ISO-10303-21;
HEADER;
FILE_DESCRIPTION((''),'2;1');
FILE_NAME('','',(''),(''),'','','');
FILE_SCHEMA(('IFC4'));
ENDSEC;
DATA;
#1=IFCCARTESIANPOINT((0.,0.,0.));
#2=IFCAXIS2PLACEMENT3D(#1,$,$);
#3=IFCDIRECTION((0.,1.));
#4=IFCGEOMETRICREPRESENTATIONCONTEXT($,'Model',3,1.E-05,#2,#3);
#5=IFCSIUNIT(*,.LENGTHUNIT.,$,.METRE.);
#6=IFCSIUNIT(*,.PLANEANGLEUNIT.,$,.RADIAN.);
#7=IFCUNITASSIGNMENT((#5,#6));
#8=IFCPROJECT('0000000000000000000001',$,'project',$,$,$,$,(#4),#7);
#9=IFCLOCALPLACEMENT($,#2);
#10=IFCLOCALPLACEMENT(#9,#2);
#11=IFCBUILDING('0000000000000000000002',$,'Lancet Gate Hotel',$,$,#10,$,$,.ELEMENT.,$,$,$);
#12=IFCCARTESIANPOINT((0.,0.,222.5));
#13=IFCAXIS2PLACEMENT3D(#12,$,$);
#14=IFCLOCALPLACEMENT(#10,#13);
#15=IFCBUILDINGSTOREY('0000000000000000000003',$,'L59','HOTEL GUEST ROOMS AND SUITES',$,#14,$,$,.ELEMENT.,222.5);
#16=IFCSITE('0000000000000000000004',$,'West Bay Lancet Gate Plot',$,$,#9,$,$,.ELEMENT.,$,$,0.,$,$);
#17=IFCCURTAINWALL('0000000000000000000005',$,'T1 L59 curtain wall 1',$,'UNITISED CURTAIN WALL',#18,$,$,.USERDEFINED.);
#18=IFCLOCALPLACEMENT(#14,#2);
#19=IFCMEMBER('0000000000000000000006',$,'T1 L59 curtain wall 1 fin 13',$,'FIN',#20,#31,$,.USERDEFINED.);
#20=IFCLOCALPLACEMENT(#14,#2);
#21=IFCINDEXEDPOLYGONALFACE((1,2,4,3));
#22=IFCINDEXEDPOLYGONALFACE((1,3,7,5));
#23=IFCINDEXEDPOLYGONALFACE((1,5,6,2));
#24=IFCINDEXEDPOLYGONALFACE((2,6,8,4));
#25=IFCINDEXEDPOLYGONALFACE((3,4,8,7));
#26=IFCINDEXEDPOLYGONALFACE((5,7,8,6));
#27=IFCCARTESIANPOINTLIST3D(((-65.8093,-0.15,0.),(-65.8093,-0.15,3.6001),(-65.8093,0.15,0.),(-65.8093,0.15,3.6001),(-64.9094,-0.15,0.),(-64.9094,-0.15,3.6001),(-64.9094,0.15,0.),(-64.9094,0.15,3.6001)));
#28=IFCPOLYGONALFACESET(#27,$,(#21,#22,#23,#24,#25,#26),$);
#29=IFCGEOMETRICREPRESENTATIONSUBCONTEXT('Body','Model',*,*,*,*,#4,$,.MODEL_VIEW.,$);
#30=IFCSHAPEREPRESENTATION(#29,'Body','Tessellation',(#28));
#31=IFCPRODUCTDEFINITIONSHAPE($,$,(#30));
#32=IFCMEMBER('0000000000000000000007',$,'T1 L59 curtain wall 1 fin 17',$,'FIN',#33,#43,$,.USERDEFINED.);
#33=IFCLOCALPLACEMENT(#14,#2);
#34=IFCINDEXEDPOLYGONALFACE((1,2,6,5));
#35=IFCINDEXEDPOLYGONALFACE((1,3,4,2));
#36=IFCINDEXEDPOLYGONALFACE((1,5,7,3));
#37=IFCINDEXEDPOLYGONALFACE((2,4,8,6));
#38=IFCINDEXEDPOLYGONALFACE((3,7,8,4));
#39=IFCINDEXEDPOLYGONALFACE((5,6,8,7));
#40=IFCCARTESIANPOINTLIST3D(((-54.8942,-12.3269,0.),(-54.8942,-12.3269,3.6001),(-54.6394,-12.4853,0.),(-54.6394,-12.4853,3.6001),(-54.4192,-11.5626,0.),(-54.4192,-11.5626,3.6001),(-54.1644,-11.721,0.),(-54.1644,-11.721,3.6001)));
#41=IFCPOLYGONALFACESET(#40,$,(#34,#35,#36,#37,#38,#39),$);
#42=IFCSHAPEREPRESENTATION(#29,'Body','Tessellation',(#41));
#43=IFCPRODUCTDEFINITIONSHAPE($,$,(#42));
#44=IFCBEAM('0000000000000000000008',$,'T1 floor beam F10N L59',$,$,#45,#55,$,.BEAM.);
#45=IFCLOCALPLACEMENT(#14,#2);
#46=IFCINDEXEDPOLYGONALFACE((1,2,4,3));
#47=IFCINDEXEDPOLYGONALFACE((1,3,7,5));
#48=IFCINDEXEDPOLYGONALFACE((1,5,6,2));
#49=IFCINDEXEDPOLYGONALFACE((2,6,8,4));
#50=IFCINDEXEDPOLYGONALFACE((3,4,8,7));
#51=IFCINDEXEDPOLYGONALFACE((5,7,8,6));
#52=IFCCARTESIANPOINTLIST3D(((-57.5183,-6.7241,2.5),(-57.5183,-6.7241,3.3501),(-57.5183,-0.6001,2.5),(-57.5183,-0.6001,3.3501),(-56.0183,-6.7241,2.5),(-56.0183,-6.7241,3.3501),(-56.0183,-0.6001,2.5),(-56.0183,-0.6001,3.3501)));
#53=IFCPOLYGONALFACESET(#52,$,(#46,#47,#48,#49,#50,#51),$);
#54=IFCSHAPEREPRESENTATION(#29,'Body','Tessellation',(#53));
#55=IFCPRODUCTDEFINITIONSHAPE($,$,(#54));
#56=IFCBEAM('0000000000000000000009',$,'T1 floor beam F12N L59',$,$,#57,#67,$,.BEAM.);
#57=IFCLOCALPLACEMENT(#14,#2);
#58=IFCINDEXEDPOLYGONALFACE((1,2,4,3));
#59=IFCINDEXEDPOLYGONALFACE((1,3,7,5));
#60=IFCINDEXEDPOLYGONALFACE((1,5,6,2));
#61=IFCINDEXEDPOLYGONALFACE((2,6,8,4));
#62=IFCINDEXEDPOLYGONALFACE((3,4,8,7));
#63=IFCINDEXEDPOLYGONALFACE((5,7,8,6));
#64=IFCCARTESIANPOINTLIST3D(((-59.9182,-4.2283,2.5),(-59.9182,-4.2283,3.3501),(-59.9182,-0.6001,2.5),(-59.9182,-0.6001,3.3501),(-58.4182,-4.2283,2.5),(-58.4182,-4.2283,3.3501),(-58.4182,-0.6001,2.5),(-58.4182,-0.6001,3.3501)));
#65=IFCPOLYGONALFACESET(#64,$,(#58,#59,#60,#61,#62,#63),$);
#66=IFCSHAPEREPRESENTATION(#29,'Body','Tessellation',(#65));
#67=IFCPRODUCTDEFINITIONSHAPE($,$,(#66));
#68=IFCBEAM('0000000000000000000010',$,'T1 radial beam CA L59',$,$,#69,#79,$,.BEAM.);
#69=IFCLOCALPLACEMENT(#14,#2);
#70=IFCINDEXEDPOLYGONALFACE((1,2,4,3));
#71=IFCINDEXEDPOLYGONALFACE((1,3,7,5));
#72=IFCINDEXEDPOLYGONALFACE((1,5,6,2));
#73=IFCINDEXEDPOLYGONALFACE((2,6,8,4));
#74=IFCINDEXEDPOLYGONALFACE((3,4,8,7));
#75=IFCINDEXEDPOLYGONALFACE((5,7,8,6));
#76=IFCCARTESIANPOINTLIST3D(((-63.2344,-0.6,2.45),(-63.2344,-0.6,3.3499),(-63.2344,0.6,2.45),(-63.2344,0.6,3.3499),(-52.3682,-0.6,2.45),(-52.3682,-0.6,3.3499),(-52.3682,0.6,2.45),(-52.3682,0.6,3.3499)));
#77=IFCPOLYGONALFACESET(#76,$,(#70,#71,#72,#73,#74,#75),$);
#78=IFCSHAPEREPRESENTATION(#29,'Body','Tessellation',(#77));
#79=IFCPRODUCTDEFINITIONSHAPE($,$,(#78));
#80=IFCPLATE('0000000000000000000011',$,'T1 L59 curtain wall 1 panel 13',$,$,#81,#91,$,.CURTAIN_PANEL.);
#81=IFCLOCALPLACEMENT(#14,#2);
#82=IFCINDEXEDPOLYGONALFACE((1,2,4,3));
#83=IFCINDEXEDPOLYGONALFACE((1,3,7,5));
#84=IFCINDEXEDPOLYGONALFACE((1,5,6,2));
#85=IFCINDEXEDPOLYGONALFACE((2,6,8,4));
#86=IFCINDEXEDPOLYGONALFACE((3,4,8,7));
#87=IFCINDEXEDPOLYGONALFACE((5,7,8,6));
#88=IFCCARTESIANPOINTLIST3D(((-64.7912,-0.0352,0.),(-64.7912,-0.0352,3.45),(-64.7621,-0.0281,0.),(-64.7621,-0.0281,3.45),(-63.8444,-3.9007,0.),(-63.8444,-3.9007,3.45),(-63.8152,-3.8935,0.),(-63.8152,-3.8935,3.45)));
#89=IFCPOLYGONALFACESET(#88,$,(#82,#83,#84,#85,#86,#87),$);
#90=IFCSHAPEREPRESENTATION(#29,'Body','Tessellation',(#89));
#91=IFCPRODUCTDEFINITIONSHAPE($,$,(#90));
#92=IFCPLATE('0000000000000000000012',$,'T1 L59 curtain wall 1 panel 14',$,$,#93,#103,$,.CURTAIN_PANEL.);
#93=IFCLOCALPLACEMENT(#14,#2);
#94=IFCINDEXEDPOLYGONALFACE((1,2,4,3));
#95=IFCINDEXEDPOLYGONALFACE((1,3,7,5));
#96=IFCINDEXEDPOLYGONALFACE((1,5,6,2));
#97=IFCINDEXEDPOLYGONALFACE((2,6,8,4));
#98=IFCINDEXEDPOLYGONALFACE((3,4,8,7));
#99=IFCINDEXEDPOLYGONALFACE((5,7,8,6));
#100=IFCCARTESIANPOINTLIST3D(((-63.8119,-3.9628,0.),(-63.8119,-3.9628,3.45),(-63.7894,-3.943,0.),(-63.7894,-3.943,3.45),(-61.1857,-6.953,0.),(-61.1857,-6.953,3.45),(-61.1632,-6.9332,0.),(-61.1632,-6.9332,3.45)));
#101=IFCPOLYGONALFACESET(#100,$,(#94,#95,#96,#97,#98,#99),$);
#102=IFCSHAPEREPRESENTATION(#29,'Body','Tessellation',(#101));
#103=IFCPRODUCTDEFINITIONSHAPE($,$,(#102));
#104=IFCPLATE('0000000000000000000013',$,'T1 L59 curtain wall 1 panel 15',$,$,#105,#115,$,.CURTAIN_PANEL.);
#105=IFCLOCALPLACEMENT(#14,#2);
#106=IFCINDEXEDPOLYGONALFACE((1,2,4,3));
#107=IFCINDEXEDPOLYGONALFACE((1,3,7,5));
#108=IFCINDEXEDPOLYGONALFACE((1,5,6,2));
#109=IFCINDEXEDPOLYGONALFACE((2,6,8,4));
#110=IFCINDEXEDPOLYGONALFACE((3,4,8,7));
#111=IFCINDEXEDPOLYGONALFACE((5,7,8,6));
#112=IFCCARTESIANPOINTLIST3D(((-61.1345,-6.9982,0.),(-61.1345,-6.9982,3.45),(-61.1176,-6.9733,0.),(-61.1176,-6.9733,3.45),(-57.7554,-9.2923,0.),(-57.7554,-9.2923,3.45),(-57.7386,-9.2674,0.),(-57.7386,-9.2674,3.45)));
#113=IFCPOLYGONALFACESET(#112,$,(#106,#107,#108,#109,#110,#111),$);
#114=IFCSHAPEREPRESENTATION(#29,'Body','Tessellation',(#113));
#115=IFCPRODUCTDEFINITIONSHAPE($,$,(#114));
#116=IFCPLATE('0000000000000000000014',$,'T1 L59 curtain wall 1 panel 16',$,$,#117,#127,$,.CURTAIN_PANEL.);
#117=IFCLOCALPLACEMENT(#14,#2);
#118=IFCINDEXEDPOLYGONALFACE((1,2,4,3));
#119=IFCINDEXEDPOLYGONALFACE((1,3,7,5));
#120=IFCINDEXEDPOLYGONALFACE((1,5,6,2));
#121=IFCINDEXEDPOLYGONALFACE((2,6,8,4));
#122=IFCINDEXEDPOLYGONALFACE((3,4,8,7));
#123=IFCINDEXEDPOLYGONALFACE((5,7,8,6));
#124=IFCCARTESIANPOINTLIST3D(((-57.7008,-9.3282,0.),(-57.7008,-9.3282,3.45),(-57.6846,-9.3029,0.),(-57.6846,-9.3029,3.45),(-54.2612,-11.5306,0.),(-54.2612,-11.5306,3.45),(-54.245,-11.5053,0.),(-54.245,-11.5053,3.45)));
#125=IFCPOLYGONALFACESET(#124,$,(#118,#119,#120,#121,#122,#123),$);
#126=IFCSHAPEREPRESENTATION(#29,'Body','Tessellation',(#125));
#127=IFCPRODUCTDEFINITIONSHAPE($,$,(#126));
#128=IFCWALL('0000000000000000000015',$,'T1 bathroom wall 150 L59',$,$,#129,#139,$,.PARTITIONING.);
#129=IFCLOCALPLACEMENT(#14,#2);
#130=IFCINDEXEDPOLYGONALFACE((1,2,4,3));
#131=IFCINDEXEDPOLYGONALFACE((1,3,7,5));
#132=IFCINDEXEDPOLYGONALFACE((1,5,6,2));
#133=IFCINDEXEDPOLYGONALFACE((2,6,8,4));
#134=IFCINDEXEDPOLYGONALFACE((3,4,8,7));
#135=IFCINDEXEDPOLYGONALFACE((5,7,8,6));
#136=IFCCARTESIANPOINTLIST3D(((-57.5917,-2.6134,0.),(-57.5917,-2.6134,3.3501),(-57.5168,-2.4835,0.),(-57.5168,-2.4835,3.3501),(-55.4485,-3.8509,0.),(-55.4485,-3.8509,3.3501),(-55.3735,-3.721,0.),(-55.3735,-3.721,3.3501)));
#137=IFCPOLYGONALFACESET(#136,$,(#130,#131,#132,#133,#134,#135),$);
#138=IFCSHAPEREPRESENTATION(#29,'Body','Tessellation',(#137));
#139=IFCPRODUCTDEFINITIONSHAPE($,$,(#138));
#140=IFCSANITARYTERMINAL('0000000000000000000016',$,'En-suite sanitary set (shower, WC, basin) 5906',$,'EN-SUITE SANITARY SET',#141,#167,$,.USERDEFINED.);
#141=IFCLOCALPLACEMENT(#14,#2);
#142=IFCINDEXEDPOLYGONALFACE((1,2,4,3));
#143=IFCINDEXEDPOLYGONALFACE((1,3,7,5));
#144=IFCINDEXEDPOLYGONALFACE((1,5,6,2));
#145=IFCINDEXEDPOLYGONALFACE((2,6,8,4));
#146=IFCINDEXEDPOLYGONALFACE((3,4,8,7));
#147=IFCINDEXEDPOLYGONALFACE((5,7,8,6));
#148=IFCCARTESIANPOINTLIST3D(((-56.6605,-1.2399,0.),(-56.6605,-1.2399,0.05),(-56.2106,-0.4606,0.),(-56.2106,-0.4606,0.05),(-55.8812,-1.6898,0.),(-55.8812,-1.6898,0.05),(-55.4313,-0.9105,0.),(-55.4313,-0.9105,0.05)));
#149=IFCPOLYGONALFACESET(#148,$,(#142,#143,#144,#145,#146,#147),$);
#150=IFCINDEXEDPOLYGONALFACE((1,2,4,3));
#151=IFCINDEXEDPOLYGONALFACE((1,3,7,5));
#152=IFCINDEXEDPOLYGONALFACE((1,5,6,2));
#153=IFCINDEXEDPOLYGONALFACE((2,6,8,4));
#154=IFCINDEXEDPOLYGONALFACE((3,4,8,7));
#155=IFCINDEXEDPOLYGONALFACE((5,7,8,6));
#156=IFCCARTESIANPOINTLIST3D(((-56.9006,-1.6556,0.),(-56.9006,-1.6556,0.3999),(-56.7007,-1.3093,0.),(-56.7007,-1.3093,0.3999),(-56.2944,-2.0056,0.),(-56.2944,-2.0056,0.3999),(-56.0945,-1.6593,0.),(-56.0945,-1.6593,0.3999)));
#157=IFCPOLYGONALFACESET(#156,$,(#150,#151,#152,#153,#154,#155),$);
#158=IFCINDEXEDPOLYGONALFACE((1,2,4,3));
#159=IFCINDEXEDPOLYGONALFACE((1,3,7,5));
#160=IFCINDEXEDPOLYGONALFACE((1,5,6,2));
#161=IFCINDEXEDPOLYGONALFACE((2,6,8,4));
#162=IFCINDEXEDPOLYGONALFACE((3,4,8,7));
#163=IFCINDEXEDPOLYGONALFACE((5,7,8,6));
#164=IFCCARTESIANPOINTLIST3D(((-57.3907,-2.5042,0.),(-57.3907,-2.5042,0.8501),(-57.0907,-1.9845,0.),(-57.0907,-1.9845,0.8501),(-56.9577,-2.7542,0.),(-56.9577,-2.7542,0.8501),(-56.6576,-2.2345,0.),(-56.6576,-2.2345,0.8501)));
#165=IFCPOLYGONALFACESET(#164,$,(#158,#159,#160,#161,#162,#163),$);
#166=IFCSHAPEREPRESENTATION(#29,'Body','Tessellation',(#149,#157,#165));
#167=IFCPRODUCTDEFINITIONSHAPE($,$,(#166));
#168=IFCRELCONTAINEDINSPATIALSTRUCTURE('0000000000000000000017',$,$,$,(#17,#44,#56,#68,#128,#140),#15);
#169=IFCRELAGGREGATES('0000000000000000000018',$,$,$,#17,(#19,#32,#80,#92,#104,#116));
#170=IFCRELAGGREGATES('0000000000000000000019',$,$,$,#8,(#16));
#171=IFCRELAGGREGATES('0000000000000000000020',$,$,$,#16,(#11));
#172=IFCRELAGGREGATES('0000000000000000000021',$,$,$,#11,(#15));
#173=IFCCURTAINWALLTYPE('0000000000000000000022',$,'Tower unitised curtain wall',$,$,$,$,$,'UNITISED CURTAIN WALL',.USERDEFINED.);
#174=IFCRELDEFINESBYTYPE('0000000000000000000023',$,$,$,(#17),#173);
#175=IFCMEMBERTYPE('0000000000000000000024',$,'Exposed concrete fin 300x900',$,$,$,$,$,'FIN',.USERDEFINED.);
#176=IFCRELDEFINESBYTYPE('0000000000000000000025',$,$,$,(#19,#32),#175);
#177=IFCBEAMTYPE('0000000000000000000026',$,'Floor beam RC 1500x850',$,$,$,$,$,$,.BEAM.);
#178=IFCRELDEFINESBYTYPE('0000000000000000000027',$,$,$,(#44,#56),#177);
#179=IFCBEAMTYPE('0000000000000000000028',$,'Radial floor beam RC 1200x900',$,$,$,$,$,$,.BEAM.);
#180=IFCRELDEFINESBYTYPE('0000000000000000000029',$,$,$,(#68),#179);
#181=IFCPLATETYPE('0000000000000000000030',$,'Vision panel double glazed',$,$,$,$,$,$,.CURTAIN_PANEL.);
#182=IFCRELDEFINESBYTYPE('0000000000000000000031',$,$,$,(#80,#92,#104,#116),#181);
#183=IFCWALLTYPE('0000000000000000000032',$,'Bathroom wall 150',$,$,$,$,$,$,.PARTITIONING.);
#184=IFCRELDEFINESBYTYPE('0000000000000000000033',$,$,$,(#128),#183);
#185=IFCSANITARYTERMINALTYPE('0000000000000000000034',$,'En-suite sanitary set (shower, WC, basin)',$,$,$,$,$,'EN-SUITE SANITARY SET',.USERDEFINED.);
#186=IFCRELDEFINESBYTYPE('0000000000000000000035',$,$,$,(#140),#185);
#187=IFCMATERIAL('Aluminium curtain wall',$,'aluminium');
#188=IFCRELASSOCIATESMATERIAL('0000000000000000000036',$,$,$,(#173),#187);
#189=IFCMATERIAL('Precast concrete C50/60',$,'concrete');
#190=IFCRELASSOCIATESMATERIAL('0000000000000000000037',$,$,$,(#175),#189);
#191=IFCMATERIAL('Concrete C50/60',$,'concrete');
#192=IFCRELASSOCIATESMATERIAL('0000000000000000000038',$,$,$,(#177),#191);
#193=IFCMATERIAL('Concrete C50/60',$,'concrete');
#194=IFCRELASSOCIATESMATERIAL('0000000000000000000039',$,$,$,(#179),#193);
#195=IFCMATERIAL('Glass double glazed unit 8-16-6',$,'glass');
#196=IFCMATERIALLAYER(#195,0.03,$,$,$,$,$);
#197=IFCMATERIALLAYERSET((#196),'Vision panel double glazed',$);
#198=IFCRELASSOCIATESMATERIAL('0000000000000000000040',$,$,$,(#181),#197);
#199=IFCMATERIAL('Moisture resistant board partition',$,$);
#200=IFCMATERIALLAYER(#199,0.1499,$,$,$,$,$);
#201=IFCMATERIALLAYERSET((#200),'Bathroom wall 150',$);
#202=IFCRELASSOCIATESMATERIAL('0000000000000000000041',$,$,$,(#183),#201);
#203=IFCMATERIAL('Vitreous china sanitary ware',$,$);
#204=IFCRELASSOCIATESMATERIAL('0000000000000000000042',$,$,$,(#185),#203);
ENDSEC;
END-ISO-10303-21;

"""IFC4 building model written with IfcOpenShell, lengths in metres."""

from ifc_helpers import new_model, si_unit, direction, frame, frame_2d, origin, origin_2d, place, context, subcontext, project, spatial, rectangle, extrude, material, layer, layer_set, material_profile, profile_set, type_object, element, aggregate, save


model = new_model("IFC4")

# Units and contexts
model_context = context("Model", 3, precision=1e-05, world=origin(), true_north=direction((0.0, 1.0)))
body_context = subcontext(model_context, "Body", "Model", "MODEL_VIEW")
ifc_project = project(units=[si_unit("LENGTHUNIT", "METRE"), si_unit("PLANEANGLEUNIT", "RADIAN")], contexts=[model_context])

# Site, building, storey
site_placement = place(None, origin())
site = spatial("IfcSite", under=ifc_project, at=site_placement, Name="West Bay Lancet Gate Plot", CompositionType="ELEMENT", RefElevation=0.0)
building_placement = place(site_placement, origin())
building = spatial("IfcBuilding", under=site, at=building_placement, Name="Lancet Gate Hotel", CompositionType="ELEMENT")
storey_placement = place(building_placement, frame((0.0, 0.0, 222.5)))
storey = spatial("IfcBuildingStorey", under=building, at=storey_placement, Name="L59", Description="HOTEL GUEST ROOMS AND SUITES", CompositionType="ELEMENT", Elevation=222.5)

# Curtain wall
ifc_material_1 = material(Name="Aluminium curtain wall", Category="aluminium")
curtain_wall_type = type_object("IfcCurtainWallType", Name="Tower unitised curtain wall", ElementType="UNITISED CURTAIN WALL", PredefinedType="USERDEFINED", material=ifc_material_1)
curtain_wall_placement = place(storey_placement, origin())
curtain_wall = element("IfcCurtainWall", 1, at=curtain_wall_placement, inside=storey, type_object=curtain_wall_type, Name="T1 L59 curtain wall 1", ObjectType="UNITISED CURTAIN WALL", PredefinedType="USERDEFINED")

# Members
ifc_material_2 = material(Name="Precast concrete C50/60", Category="concrete")
ifc_material_profile_1 = material_profile(ifc_material_2, rectangle(XDim=0.3, YDim=0.8999, at=origin_2d()), Name="FIN 300x900")
ifc_profile_set_1 = profile_set([ifc_material_profile_1], Name="Precast concrete C50/60")
member_type_1 = type_object("IfcMemberType", Name="Exposed concrete fin 300x900", ElementType="FIN", PredefinedType="USERDEFINED", material=ifc_profile_set_1)
member_1_placement = place(storey_placement, frame((-65.3594, 0.0, 0.0), z_axis=(0.0, 0.0, 1.0), x_axis=(0.0, -1.0, 0.0)))
member_1 = element("IfcMember", 2, at=member_1_placement, type_object=member_type_1, Name="T1 L59 curtain wall 1 fin 13", ObjectType="FIN", PredefinedType="USERDEFINED", context=body_context, shape_type="SweptSolid", body=[
    extrude(rectangle(XDim=0.3, YDim=0.8999, at=origin_2d()), origin(), (0.0, 0.0, 1.0), 3.6001),
])
member_2_placement = place(storey_placement, frame((-54.5293, -12.0239, 0.0), z_axis=(0.0, 0.0, 1.0), x_axis=(0.849342, -0.527842, 0.0)))
member_2 = element("IfcMember", 3, at=member_2_placement, type_object=member_type_1, Name="T1 L59 curtain wall 1 fin 17", ObjectType="FIN", PredefinedType="USERDEFINED", context=body_context, shape_type="SweptSolid", body=[
    extrude(rectangle(XDim=0.3, YDim=0.8999, at=origin_2d()), origin(), (0.0, 0.0, 1.0), 3.6001),
])

# Beams
ifc_material_3 = material(Name="Concrete C50/60", Category="concrete")
ifc_material_profile_2 = material_profile(ifc_material_3, rectangle(XDim=1.5, YDim=0.8501, at=origin_2d()), Name="RC 1500x850")
ifc_profile_set_2 = profile_set([ifc_material_profile_2], Name="Concrete C50/60")
beam_type_1 = type_object("IfcBeamType", Name="Floor beam RC 1500x850", PredefinedType="BEAM", material=ifc_profile_set_2)
beam_1_placement = place(storey_placement, frame((-56.7683, -0.6001, 2.925), z_axis=(0.0, -1.0, 0.0), x_axis=(1.0, 0.0, 0.0)))
element("IfcBeam", 4, at=beam_1_placement, inside=storey, type_object=beam_type_1, Name="T1 floor beam F10N L59", PredefinedType="BEAM", context=body_context, shape_type="SweptSolid", body=[
    extrude(rectangle(XDim=1.5, YDim=0.8501, at=origin_2d()), origin(), (0.0, 0.0, 1.0), 6.124),
])
beam_2_placement = place(storey_placement, frame((-59.1682, -0.6001, 2.925), z_axis=(0.0, -1.0, 0.0), x_axis=(1.0, 0.0, 0.0)))
element("IfcBeam", 5, at=beam_2_placement, inside=storey, type_object=beam_type_1, Name="T1 floor beam F12N L59", PredefinedType="BEAM", context=body_context, shape_type="SweptSolid", body=[
    extrude(rectangle(XDim=1.5, YDim=0.8501, at=origin_2d()), origin(), (0.0, 0.0, 1.0), 3.6282),
])
ifc_material_4 = material(Name="Concrete C50/60", Category="concrete")
ifc_material_profile_3 = material_profile(ifc_material_4, rectangle(XDim=1.2, YDim=0.8999, at=origin_2d()), Name="RC 1200x900")
ifc_profile_set_3 = profile_set([ifc_material_profile_3], Name="Concrete C50/60")
beam_type_2 = type_object("IfcBeamType", Name="Radial floor beam RC 1200x900", PredefinedType="BEAM", material=ifc_profile_set_3)
beam_3_placement = place(storey_placement, frame((-63.2344, 0.0, 2.8999), z_axis=(1.0, 0.0, 0.0), x_axis=(0.0, 1.0, 0.0)))
element("IfcBeam", 6, at=beam_3_placement, inside=storey, type_object=beam_type_2, Name="T1 radial beam CA L59", PredefinedType="BEAM", context=body_context, shape_type="SweptSolid", body=[
    extrude(rectangle(XDim=1.2, YDim=0.8999, at=origin_2d()), origin(), (0.0, 0.0, 1.0), 10.8662),
])

# Plates
ifc_material_5 = material(Name="Glass double glazed unit 8-16-6", Category="glass")
ifc_layer_1 = layer(ifc_material_5, 0.03)
ifc_layer_set_1 = layer_set([ifc_layer_1], Name="Vision panel double glazed")
plate_type = type_object("IfcPlateType", Name="Vision panel double glazed", PredefinedType="CURTAIN_PANEL", material=ifc_layer_set_1)
plate_1_placement = place(storey_placement, frame((-64.3032, -1.9644, 0.0), z_axis=(0.0, 0.0, 1.0), x_axis=(0.237921, -0.971285, 0.0)))
plate_1 = element("IfcPlate", 7, at=plate_1_placement, type_object=plate_type, Name="T1 L59 curtain wall 1 panel 13", PredefinedType="CURTAIN_PANEL", context=body_context, shape_type="SweptSolid", body=[
    extrude(rectangle(XDim=3.9797, YDim=0.03, at=origin_2d()), origin(), (0.0, 0.0, 1.0), 3.45),
])
plate_2_placement = place(storey_placement, frame((-62.4875, -5.448, 0.0), z_axis=(0.0, 0.0, 1.0), x_axis=(0.659892, -0.751361, 0.0)))
plate_2 = element("IfcPlate", 8, at=plate_2_placement, type_object=plate_type, Name="T1 L59 curtain wall 1 panel 14", PredefinedType="CURTAIN_PANEL", context=body_context, shape_type="SweptSolid", body=[
    extrude(rectangle(XDim=3.9797, YDim=0.03, at=origin_2d()), origin(), (0.0, 0.0, 1.0), 3.45),
])
plate_3_placement = place(storey_placement, frame((-59.4365, -8.1328, 0.0), z_axis=(0.0, 0.0, 1.0), x_axis=(0.827342, -0.561698, 0.0)))
plate_3 = element("IfcPlate", 9, at=plate_3_placement, type_object=plate_type, Name="T1 L59 curtain wall 1 panel 15", PredefinedType="CURTAIN_PANEL", context=body_context, shape_type="SweptSolid", body=[
    extrude(rectangle(XDim=4.0842, YDim=0.03, at=origin_2d()), origin(), (0.0, 0.0, 1.0), 3.45),
])
plate_4_placement = place(storey_placement, frame((-55.9729, -10.4167, 0.0), z_axis=(0.0, 0.0, 1.0), x_axis=(0.842161, -0.539226, 0.0)))
plate_4 = element("IfcPlate", 10, at=plate_4_placement, type_object=plate_type, Name="T1 L59 curtain wall 1 panel 16", PredefinedType="CURTAIN_PANEL", context=body_context, shape_type="SweptSolid", body=[
    extrude(rectangle(XDim=4.0842, YDim=0.03, at=origin_2d()), origin(), (0.0, 0.0, 1.0), 3.45),
])
aggregate(curtain_wall, [member_1, member_2, plate_1, plate_2, plate_3, plate_4])

# Wall
ifc_material_6 = material(Name="Moisture resistant board partition")
ifc_layer_2 = layer(ifc_material_6, 0.1499)
ifc_layer_set_2 = layer_set([ifc_layer_2], Name="Bathroom wall 150")
wall_type = type_object("IfcWallType", Name="Bathroom wall 150", PredefinedType="PARTITIONING", material=ifc_layer_set_2)
wall_placement = place(storey_placement, frame((-55.4111, -3.7859, 0.0), z_axis=(0.0, 0.0, 1.0), x_axis=(-0.866007, 0.500033, 0.0)))
element("IfcWall", 11, at=wall_placement, inside=storey, type_object=wall_type, Name="T1 bathroom wall 150 L59", PredefinedType="PARTITIONING", context=body_context, shape_type="SweptSolid", body=[
    extrude(rectangle(XDim=2.4749, YDim=0.1499, at=frame_2d((1.2373, 0.0))), origin(), (0.0, 0.0, 1.0), 3.3501),
])

# Sanitary terminal
ifc_material_7 = material(Name="Vitreous china sanitary ware")
sanitary_terminal_type = type_object("IfcSanitaryTerminalType", Name="En-suite sanitary set (shower, WC, basin)", ElementType="EN-SUITE SANITARY SET", PredefinedType="USERDEFINED", material=ifc_material_7)
sanitary_terminal_placement = place(storey_placement, frame((-56.0459, -1.0752, 0.0), z_axis=(0.0, 0.0, 1.0), x_axis=(1.0, 0.0, 0.0)))
element("IfcSanitaryTerminal", 12, at=sanitary_terminal_placement, inside=storey, type_object=sanitary_terminal_type, Name="En-suite sanitary set (shower, WC, basin) 5906", ObjectType="EN-SUITE SANITARY SET", PredefinedType="USERDEFINED", context=body_context, shape_type="SweptSolid", body=[
    extrude(rectangle(XDim=0.8999, YDim=0.8999, at=origin_2d()), frame((0.0, 0.0, 0.0), z_axis=(0.0, 0.0, 1.0), x_axis=(0.5, 0.866025, 0.0)), (0.0, 0.0, 1.0), 0.05),
    extrude(rectangle(XDim=0.3999, YDim=0.7, at=origin_2d()), frame((-0.4517, -0.5823, 0.0), z_axis=(0.0, 0.0, 1.0), x_axis=(0.5, 0.866025, 0.0)), (0.0, 0.0, 1.0), 0.3999),
    extrude(rectangle(XDim=0.6001, YDim=0.5, at=origin_2d()), frame((-0.9783, -1.2942, 0.0), z_axis=(0.0, 0.0, 1.0), x_axis=(0.5, 0.866025, 0.0)), (0.0, 0.0, 1.0), 0.8501),
])

save(model, "model.ifc")
